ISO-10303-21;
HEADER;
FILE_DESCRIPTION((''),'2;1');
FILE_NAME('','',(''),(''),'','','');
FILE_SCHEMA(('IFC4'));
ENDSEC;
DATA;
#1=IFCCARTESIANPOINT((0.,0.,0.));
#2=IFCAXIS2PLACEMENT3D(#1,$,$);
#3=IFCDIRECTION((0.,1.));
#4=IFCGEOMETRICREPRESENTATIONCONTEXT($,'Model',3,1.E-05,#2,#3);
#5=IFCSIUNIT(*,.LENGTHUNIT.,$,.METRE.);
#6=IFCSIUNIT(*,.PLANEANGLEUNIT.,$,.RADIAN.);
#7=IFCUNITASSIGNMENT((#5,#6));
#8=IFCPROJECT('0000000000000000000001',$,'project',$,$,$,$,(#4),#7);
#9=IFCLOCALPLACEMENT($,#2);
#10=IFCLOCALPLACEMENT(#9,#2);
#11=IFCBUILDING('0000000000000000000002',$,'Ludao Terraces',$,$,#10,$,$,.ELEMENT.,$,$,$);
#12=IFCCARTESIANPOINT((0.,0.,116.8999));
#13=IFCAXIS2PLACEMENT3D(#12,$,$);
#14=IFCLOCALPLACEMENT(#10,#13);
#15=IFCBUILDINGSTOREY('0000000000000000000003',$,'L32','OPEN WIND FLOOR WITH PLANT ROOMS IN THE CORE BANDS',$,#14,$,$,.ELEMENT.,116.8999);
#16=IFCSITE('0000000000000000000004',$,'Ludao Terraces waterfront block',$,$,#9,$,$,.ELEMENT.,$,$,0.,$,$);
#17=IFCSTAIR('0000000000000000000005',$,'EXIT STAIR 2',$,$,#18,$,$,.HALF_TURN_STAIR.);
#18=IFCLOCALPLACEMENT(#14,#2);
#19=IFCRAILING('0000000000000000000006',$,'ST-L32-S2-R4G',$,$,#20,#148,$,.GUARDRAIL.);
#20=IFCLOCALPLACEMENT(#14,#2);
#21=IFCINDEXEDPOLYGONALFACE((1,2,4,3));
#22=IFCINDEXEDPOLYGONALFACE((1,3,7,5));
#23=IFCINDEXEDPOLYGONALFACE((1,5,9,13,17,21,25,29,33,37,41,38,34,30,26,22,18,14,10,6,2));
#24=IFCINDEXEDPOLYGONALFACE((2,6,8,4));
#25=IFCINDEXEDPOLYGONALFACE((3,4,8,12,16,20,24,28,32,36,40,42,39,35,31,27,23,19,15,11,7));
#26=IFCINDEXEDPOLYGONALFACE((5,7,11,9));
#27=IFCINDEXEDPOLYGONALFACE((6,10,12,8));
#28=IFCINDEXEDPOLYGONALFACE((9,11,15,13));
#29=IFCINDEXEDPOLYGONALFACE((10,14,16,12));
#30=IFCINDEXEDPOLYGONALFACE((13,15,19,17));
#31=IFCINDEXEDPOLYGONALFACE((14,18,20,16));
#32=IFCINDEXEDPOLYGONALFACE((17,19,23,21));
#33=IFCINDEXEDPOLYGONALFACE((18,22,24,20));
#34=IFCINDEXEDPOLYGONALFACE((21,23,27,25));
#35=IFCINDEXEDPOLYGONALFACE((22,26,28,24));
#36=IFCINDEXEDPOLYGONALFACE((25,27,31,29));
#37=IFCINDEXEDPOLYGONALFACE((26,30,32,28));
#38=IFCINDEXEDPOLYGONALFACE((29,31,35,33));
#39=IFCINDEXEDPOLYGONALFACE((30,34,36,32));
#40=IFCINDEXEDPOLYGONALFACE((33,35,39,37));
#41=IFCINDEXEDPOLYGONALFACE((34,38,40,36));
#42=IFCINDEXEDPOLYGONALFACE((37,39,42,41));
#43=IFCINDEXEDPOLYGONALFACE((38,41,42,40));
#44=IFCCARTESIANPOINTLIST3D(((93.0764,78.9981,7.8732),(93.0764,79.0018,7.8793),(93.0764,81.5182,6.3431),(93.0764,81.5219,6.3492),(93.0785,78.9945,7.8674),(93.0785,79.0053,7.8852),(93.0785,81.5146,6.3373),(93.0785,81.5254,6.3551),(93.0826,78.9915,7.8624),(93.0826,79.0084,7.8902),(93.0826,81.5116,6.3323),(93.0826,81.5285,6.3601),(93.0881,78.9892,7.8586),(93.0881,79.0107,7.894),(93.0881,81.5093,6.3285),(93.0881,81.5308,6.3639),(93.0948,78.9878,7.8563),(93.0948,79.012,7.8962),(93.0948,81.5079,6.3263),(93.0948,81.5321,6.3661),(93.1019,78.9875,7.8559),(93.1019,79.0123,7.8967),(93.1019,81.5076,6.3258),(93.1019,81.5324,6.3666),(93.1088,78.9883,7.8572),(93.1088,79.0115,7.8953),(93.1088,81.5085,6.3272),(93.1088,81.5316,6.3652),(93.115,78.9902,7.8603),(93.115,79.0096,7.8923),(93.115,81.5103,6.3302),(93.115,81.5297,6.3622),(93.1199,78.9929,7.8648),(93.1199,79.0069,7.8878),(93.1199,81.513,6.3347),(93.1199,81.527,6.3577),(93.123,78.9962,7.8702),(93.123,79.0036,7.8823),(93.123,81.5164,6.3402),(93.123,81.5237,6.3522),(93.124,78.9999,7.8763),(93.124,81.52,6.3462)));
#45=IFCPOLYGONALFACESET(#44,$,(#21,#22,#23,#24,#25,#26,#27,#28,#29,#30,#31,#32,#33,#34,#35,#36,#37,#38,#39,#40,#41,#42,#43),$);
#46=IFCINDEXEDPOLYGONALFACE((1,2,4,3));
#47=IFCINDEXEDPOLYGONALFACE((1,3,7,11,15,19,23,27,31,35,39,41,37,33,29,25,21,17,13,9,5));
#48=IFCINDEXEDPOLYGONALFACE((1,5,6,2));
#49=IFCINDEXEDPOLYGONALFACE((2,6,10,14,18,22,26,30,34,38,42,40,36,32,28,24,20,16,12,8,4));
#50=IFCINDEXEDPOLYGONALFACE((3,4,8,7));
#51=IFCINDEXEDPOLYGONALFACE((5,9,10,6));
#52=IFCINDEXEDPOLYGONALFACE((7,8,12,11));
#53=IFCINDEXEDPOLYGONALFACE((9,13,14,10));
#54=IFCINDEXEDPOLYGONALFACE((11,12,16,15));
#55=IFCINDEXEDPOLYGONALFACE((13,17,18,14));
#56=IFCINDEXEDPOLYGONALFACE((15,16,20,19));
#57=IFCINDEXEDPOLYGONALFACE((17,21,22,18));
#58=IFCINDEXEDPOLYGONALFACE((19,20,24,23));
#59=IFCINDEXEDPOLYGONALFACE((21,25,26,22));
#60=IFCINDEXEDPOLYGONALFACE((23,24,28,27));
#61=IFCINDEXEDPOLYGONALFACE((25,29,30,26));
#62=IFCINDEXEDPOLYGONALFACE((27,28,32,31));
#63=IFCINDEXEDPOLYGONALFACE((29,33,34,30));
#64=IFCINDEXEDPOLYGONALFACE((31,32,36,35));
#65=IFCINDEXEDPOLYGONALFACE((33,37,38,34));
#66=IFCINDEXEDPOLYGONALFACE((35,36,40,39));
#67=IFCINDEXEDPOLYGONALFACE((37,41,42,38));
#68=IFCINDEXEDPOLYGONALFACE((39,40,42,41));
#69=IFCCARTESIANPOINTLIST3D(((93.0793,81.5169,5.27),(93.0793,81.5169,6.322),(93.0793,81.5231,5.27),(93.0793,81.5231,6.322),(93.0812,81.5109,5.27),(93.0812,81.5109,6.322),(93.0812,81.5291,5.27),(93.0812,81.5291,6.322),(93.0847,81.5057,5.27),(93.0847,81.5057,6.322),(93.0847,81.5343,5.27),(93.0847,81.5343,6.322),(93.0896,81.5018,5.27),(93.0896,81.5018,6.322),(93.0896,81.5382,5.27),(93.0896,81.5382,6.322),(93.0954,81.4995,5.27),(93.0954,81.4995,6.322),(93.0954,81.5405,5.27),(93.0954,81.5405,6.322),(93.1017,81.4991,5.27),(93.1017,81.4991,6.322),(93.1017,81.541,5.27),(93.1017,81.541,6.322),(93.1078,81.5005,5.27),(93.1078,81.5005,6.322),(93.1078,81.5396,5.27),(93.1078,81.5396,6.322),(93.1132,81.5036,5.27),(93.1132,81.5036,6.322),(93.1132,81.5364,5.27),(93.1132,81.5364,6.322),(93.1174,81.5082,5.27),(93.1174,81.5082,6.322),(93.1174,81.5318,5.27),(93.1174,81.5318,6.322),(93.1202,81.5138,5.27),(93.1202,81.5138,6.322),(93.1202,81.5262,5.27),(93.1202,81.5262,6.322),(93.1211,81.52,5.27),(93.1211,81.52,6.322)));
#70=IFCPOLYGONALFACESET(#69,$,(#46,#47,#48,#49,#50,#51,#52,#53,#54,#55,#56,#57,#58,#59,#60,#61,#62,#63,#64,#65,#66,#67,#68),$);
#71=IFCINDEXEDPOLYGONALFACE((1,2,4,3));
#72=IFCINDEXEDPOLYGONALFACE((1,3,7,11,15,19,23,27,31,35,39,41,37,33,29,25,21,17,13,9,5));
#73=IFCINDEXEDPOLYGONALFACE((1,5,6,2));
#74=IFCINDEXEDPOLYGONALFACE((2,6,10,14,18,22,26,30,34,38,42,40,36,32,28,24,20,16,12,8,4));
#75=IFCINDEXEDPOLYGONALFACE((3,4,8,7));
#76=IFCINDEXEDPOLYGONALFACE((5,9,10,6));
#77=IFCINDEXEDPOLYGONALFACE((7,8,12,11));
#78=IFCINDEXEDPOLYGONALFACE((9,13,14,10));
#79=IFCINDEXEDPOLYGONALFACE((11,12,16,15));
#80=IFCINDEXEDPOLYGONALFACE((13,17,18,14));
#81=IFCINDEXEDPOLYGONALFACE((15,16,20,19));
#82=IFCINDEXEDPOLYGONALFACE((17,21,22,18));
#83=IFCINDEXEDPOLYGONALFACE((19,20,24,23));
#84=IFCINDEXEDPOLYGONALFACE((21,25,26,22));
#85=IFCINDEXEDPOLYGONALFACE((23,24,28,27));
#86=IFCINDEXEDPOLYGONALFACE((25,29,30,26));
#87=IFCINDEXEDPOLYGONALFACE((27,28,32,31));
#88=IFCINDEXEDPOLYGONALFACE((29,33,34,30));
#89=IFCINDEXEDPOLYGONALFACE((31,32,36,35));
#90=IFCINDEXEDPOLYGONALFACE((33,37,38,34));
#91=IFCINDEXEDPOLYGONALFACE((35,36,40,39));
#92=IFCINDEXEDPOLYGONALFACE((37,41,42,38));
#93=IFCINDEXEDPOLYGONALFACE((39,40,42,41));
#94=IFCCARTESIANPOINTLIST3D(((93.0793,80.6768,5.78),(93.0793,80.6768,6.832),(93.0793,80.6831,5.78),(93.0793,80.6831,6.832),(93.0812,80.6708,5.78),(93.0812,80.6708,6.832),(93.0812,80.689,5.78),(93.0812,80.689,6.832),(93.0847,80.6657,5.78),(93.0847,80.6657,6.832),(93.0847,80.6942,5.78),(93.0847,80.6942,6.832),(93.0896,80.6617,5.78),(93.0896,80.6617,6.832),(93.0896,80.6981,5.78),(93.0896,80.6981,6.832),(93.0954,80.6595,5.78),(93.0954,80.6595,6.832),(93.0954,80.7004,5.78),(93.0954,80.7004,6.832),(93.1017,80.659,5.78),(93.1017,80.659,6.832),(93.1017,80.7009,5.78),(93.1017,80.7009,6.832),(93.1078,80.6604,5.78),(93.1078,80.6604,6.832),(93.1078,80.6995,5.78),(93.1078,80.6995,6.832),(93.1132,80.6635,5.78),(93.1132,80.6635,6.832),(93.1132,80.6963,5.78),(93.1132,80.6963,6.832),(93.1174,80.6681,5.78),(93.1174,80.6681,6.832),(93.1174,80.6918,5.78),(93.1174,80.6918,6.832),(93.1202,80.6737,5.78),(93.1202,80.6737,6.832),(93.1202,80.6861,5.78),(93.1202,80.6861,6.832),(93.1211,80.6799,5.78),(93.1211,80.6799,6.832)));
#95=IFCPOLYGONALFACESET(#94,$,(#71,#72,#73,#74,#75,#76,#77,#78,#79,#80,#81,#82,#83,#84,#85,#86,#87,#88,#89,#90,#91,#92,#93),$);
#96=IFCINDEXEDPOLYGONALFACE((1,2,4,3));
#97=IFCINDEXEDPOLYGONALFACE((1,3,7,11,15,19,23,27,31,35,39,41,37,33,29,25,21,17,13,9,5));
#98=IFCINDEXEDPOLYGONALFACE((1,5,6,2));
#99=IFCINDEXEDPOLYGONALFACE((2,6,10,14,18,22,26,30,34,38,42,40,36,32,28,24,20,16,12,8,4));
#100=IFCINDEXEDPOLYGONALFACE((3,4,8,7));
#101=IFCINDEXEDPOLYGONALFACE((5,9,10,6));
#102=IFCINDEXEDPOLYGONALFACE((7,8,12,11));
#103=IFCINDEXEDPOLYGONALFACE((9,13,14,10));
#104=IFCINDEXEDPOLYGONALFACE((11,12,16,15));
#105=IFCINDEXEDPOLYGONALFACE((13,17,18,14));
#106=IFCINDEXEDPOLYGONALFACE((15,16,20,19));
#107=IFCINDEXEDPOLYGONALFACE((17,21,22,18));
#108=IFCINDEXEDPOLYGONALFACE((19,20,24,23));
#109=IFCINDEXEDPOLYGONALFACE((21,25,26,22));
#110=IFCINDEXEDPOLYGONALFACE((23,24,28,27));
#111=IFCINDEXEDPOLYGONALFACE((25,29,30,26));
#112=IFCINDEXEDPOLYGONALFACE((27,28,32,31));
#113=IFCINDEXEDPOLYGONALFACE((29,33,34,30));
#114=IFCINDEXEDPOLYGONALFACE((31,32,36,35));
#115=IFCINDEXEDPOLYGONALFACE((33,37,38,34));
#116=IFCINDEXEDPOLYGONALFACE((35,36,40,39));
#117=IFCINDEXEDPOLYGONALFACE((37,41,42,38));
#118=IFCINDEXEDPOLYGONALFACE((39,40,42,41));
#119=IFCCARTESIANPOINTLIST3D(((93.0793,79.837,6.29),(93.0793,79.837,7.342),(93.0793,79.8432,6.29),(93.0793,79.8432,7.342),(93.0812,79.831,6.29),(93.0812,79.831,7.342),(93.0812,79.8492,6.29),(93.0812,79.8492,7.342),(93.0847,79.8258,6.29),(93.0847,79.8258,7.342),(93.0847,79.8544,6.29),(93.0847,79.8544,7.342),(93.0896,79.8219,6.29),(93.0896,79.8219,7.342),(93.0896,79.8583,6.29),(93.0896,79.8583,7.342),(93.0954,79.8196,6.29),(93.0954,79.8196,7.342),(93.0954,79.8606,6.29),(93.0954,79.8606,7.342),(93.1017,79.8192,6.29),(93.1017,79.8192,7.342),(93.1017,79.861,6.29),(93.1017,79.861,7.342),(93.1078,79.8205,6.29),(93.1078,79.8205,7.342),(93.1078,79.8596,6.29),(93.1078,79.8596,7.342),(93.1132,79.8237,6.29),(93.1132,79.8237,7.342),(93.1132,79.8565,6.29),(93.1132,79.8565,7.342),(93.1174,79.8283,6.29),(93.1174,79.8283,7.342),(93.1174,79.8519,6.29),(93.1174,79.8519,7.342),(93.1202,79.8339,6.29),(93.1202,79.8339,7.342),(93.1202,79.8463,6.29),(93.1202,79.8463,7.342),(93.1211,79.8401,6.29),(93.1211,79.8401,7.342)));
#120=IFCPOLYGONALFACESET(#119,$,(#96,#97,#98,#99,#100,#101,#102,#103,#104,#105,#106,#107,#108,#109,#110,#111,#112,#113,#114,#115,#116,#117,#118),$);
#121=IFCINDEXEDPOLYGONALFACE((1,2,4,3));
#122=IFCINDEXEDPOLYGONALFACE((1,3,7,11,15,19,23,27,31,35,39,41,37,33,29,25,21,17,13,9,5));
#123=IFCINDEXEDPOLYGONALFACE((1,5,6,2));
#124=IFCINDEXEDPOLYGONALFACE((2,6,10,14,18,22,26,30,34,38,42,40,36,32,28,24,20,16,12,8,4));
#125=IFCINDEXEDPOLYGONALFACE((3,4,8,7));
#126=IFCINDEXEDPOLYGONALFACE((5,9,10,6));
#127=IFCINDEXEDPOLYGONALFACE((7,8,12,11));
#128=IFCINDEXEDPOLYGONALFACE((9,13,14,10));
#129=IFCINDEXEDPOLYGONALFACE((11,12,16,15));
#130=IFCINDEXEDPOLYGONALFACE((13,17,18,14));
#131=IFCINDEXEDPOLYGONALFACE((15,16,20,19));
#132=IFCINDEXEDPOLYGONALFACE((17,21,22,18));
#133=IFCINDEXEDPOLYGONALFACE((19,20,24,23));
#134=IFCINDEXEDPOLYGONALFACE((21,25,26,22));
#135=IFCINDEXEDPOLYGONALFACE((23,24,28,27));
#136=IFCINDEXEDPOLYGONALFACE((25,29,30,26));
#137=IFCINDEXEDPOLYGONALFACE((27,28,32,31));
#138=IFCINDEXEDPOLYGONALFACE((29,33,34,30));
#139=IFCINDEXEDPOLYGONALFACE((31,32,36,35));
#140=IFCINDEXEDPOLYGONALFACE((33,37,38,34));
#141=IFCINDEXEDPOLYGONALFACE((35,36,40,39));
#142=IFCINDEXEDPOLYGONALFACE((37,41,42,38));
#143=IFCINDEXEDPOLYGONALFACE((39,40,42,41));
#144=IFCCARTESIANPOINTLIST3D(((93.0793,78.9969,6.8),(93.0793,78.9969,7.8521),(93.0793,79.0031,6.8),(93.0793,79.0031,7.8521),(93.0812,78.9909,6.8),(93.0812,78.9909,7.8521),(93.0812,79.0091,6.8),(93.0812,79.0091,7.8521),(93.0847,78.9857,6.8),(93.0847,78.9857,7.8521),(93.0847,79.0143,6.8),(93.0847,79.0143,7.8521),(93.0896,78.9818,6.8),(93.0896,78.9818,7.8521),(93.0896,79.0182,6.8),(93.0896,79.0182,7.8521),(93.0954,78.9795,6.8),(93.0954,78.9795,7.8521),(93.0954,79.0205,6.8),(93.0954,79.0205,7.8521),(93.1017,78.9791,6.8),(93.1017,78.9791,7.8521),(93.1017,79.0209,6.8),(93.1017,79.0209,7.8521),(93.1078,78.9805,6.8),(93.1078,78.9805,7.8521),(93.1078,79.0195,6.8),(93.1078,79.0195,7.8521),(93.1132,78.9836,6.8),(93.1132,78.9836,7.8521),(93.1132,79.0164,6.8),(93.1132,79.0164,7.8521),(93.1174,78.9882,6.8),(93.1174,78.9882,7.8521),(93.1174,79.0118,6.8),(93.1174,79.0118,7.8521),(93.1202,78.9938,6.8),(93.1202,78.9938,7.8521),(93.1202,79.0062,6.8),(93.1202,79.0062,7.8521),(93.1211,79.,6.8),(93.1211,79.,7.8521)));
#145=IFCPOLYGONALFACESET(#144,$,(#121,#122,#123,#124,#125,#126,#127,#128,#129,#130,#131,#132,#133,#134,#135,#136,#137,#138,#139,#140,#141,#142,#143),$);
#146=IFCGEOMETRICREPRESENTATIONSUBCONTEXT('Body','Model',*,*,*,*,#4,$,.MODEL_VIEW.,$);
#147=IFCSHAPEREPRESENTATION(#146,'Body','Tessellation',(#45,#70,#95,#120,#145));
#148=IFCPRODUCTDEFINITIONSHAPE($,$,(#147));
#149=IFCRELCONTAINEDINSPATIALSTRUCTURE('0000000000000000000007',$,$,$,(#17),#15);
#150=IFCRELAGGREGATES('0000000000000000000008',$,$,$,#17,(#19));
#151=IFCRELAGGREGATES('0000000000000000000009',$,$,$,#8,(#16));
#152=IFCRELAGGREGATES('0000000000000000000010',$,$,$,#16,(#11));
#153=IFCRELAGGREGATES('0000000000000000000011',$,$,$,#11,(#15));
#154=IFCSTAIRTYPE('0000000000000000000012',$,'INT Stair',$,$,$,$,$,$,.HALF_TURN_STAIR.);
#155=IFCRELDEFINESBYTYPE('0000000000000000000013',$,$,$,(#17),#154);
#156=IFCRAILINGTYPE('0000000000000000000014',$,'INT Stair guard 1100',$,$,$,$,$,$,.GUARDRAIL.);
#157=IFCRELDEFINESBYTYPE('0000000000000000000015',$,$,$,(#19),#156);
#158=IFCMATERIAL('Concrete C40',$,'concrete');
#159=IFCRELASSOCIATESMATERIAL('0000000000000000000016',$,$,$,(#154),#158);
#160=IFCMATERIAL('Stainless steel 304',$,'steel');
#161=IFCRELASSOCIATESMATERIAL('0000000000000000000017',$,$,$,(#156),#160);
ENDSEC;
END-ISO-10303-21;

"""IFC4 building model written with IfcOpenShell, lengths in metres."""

from ifc_helpers import new_model, si_unit, direction, frame, origin, origin_2d, place, context, subcontext, project, spatial, circle, extrude, material, type_object, element, aggregate, save


model = new_model("IFC4")

# Units and contexts
model_context = context("Model", 3, precision=1e-05, world=origin(), true_north=direction((0.0, 1.0)))
body_context = subcontext(model_context, "Body", "Model", "MODEL_VIEW")
ifc_project = project(units=[si_unit("LENGTHUNIT", "METRE"), si_unit("PLANEANGLEUNIT", "RADIAN")], contexts=[model_context])

# Site, building, storey
site_placement = place(None, origin())
site = spatial("IfcSite", under=ifc_project, at=site_placement, Name="Ludao Terraces waterfront block", CompositionType="ELEMENT", RefElevation=0.0)
building_placement = place(site_placement, origin())
building = spatial("IfcBuilding", under=site, at=building_placement, Name="Ludao Terraces", CompositionType="ELEMENT")
storey_placement = place(building_placement, frame((0.0, 0.0, 116.8999)))
storey = spatial("IfcBuildingStorey", under=building, at=storey_placement, Name="L32", Description="OPEN WIND FLOOR WITH PLANT ROOMS IN THE CORE BANDS", CompositionType="ELEMENT", Elevation=116.8999)

# Stair, railing
ifc_material_1 = material(Name="Concrete C40", Category="concrete")
stair_type = type_object("IfcStairType", Name="INT Stair", PredefinedType="HALF_TURN_STAIR", material=ifc_material_1)
stair_placement = place(storey_placement, origin())
stair = element("IfcStair", 1, at=stair_placement, inside=storey, type_object=stair_type, Name="EXIT STAIR 2", PredefinedType="HALF_TURN_STAIR")
ifc_material_2 = material(Name="Stainless steel 304", Category="steel")
railing_type_1 = type_object("IfcRailingType", Name="INT Stair guard 1100", PredefinedType="GUARDRAIL", material=ifc_material_2)
railing_1_placement = place(storey_placement, frame((93.1001, 81.52, 5.27)))
railing_1 = element("IfcRailing", 2, at=railing_1_placement, type_object=railing_type_1, Name="ST-L32-S2-R4G", PredefinedType="GUARDRAIL", context=body_context, shape_type="SweptSolid", body=[
    extrude(circle(Radius=0.0239, at=origin_2d()), frame((0.0, 0.0, 1.0762), z_axis=(0.0, -0.854785, 0.518982), x_axis=(1.0, 0.0, 0.0)), (0.0, 0.0, 1.0), 2.9482),
    extrude(circle(Radius=0.021, at=origin_2d()), origin(), (0.0, 0.0, 1.0), 1.052),
    extrude(circle(Radius=0.021, at=origin_2d()), frame((0.0, -0.8401, 0.51)), (0.0, 0.0, 1.0), 1.052),
    extrude(circle(Radius=0.021, at=origin_2d()), frame((0.0, -1.6799, 1.02)), (0.0, 0.0, 1.0), 1.052),
    extrude(circle(Radius=0.021, at=origin_2d()), frame((0.0, -2.52, 1.53)), (0.0, 0.0, 1.0), 1.052),
])
aggregate(stair, [railing_1])

save(model, "model.ifc")
